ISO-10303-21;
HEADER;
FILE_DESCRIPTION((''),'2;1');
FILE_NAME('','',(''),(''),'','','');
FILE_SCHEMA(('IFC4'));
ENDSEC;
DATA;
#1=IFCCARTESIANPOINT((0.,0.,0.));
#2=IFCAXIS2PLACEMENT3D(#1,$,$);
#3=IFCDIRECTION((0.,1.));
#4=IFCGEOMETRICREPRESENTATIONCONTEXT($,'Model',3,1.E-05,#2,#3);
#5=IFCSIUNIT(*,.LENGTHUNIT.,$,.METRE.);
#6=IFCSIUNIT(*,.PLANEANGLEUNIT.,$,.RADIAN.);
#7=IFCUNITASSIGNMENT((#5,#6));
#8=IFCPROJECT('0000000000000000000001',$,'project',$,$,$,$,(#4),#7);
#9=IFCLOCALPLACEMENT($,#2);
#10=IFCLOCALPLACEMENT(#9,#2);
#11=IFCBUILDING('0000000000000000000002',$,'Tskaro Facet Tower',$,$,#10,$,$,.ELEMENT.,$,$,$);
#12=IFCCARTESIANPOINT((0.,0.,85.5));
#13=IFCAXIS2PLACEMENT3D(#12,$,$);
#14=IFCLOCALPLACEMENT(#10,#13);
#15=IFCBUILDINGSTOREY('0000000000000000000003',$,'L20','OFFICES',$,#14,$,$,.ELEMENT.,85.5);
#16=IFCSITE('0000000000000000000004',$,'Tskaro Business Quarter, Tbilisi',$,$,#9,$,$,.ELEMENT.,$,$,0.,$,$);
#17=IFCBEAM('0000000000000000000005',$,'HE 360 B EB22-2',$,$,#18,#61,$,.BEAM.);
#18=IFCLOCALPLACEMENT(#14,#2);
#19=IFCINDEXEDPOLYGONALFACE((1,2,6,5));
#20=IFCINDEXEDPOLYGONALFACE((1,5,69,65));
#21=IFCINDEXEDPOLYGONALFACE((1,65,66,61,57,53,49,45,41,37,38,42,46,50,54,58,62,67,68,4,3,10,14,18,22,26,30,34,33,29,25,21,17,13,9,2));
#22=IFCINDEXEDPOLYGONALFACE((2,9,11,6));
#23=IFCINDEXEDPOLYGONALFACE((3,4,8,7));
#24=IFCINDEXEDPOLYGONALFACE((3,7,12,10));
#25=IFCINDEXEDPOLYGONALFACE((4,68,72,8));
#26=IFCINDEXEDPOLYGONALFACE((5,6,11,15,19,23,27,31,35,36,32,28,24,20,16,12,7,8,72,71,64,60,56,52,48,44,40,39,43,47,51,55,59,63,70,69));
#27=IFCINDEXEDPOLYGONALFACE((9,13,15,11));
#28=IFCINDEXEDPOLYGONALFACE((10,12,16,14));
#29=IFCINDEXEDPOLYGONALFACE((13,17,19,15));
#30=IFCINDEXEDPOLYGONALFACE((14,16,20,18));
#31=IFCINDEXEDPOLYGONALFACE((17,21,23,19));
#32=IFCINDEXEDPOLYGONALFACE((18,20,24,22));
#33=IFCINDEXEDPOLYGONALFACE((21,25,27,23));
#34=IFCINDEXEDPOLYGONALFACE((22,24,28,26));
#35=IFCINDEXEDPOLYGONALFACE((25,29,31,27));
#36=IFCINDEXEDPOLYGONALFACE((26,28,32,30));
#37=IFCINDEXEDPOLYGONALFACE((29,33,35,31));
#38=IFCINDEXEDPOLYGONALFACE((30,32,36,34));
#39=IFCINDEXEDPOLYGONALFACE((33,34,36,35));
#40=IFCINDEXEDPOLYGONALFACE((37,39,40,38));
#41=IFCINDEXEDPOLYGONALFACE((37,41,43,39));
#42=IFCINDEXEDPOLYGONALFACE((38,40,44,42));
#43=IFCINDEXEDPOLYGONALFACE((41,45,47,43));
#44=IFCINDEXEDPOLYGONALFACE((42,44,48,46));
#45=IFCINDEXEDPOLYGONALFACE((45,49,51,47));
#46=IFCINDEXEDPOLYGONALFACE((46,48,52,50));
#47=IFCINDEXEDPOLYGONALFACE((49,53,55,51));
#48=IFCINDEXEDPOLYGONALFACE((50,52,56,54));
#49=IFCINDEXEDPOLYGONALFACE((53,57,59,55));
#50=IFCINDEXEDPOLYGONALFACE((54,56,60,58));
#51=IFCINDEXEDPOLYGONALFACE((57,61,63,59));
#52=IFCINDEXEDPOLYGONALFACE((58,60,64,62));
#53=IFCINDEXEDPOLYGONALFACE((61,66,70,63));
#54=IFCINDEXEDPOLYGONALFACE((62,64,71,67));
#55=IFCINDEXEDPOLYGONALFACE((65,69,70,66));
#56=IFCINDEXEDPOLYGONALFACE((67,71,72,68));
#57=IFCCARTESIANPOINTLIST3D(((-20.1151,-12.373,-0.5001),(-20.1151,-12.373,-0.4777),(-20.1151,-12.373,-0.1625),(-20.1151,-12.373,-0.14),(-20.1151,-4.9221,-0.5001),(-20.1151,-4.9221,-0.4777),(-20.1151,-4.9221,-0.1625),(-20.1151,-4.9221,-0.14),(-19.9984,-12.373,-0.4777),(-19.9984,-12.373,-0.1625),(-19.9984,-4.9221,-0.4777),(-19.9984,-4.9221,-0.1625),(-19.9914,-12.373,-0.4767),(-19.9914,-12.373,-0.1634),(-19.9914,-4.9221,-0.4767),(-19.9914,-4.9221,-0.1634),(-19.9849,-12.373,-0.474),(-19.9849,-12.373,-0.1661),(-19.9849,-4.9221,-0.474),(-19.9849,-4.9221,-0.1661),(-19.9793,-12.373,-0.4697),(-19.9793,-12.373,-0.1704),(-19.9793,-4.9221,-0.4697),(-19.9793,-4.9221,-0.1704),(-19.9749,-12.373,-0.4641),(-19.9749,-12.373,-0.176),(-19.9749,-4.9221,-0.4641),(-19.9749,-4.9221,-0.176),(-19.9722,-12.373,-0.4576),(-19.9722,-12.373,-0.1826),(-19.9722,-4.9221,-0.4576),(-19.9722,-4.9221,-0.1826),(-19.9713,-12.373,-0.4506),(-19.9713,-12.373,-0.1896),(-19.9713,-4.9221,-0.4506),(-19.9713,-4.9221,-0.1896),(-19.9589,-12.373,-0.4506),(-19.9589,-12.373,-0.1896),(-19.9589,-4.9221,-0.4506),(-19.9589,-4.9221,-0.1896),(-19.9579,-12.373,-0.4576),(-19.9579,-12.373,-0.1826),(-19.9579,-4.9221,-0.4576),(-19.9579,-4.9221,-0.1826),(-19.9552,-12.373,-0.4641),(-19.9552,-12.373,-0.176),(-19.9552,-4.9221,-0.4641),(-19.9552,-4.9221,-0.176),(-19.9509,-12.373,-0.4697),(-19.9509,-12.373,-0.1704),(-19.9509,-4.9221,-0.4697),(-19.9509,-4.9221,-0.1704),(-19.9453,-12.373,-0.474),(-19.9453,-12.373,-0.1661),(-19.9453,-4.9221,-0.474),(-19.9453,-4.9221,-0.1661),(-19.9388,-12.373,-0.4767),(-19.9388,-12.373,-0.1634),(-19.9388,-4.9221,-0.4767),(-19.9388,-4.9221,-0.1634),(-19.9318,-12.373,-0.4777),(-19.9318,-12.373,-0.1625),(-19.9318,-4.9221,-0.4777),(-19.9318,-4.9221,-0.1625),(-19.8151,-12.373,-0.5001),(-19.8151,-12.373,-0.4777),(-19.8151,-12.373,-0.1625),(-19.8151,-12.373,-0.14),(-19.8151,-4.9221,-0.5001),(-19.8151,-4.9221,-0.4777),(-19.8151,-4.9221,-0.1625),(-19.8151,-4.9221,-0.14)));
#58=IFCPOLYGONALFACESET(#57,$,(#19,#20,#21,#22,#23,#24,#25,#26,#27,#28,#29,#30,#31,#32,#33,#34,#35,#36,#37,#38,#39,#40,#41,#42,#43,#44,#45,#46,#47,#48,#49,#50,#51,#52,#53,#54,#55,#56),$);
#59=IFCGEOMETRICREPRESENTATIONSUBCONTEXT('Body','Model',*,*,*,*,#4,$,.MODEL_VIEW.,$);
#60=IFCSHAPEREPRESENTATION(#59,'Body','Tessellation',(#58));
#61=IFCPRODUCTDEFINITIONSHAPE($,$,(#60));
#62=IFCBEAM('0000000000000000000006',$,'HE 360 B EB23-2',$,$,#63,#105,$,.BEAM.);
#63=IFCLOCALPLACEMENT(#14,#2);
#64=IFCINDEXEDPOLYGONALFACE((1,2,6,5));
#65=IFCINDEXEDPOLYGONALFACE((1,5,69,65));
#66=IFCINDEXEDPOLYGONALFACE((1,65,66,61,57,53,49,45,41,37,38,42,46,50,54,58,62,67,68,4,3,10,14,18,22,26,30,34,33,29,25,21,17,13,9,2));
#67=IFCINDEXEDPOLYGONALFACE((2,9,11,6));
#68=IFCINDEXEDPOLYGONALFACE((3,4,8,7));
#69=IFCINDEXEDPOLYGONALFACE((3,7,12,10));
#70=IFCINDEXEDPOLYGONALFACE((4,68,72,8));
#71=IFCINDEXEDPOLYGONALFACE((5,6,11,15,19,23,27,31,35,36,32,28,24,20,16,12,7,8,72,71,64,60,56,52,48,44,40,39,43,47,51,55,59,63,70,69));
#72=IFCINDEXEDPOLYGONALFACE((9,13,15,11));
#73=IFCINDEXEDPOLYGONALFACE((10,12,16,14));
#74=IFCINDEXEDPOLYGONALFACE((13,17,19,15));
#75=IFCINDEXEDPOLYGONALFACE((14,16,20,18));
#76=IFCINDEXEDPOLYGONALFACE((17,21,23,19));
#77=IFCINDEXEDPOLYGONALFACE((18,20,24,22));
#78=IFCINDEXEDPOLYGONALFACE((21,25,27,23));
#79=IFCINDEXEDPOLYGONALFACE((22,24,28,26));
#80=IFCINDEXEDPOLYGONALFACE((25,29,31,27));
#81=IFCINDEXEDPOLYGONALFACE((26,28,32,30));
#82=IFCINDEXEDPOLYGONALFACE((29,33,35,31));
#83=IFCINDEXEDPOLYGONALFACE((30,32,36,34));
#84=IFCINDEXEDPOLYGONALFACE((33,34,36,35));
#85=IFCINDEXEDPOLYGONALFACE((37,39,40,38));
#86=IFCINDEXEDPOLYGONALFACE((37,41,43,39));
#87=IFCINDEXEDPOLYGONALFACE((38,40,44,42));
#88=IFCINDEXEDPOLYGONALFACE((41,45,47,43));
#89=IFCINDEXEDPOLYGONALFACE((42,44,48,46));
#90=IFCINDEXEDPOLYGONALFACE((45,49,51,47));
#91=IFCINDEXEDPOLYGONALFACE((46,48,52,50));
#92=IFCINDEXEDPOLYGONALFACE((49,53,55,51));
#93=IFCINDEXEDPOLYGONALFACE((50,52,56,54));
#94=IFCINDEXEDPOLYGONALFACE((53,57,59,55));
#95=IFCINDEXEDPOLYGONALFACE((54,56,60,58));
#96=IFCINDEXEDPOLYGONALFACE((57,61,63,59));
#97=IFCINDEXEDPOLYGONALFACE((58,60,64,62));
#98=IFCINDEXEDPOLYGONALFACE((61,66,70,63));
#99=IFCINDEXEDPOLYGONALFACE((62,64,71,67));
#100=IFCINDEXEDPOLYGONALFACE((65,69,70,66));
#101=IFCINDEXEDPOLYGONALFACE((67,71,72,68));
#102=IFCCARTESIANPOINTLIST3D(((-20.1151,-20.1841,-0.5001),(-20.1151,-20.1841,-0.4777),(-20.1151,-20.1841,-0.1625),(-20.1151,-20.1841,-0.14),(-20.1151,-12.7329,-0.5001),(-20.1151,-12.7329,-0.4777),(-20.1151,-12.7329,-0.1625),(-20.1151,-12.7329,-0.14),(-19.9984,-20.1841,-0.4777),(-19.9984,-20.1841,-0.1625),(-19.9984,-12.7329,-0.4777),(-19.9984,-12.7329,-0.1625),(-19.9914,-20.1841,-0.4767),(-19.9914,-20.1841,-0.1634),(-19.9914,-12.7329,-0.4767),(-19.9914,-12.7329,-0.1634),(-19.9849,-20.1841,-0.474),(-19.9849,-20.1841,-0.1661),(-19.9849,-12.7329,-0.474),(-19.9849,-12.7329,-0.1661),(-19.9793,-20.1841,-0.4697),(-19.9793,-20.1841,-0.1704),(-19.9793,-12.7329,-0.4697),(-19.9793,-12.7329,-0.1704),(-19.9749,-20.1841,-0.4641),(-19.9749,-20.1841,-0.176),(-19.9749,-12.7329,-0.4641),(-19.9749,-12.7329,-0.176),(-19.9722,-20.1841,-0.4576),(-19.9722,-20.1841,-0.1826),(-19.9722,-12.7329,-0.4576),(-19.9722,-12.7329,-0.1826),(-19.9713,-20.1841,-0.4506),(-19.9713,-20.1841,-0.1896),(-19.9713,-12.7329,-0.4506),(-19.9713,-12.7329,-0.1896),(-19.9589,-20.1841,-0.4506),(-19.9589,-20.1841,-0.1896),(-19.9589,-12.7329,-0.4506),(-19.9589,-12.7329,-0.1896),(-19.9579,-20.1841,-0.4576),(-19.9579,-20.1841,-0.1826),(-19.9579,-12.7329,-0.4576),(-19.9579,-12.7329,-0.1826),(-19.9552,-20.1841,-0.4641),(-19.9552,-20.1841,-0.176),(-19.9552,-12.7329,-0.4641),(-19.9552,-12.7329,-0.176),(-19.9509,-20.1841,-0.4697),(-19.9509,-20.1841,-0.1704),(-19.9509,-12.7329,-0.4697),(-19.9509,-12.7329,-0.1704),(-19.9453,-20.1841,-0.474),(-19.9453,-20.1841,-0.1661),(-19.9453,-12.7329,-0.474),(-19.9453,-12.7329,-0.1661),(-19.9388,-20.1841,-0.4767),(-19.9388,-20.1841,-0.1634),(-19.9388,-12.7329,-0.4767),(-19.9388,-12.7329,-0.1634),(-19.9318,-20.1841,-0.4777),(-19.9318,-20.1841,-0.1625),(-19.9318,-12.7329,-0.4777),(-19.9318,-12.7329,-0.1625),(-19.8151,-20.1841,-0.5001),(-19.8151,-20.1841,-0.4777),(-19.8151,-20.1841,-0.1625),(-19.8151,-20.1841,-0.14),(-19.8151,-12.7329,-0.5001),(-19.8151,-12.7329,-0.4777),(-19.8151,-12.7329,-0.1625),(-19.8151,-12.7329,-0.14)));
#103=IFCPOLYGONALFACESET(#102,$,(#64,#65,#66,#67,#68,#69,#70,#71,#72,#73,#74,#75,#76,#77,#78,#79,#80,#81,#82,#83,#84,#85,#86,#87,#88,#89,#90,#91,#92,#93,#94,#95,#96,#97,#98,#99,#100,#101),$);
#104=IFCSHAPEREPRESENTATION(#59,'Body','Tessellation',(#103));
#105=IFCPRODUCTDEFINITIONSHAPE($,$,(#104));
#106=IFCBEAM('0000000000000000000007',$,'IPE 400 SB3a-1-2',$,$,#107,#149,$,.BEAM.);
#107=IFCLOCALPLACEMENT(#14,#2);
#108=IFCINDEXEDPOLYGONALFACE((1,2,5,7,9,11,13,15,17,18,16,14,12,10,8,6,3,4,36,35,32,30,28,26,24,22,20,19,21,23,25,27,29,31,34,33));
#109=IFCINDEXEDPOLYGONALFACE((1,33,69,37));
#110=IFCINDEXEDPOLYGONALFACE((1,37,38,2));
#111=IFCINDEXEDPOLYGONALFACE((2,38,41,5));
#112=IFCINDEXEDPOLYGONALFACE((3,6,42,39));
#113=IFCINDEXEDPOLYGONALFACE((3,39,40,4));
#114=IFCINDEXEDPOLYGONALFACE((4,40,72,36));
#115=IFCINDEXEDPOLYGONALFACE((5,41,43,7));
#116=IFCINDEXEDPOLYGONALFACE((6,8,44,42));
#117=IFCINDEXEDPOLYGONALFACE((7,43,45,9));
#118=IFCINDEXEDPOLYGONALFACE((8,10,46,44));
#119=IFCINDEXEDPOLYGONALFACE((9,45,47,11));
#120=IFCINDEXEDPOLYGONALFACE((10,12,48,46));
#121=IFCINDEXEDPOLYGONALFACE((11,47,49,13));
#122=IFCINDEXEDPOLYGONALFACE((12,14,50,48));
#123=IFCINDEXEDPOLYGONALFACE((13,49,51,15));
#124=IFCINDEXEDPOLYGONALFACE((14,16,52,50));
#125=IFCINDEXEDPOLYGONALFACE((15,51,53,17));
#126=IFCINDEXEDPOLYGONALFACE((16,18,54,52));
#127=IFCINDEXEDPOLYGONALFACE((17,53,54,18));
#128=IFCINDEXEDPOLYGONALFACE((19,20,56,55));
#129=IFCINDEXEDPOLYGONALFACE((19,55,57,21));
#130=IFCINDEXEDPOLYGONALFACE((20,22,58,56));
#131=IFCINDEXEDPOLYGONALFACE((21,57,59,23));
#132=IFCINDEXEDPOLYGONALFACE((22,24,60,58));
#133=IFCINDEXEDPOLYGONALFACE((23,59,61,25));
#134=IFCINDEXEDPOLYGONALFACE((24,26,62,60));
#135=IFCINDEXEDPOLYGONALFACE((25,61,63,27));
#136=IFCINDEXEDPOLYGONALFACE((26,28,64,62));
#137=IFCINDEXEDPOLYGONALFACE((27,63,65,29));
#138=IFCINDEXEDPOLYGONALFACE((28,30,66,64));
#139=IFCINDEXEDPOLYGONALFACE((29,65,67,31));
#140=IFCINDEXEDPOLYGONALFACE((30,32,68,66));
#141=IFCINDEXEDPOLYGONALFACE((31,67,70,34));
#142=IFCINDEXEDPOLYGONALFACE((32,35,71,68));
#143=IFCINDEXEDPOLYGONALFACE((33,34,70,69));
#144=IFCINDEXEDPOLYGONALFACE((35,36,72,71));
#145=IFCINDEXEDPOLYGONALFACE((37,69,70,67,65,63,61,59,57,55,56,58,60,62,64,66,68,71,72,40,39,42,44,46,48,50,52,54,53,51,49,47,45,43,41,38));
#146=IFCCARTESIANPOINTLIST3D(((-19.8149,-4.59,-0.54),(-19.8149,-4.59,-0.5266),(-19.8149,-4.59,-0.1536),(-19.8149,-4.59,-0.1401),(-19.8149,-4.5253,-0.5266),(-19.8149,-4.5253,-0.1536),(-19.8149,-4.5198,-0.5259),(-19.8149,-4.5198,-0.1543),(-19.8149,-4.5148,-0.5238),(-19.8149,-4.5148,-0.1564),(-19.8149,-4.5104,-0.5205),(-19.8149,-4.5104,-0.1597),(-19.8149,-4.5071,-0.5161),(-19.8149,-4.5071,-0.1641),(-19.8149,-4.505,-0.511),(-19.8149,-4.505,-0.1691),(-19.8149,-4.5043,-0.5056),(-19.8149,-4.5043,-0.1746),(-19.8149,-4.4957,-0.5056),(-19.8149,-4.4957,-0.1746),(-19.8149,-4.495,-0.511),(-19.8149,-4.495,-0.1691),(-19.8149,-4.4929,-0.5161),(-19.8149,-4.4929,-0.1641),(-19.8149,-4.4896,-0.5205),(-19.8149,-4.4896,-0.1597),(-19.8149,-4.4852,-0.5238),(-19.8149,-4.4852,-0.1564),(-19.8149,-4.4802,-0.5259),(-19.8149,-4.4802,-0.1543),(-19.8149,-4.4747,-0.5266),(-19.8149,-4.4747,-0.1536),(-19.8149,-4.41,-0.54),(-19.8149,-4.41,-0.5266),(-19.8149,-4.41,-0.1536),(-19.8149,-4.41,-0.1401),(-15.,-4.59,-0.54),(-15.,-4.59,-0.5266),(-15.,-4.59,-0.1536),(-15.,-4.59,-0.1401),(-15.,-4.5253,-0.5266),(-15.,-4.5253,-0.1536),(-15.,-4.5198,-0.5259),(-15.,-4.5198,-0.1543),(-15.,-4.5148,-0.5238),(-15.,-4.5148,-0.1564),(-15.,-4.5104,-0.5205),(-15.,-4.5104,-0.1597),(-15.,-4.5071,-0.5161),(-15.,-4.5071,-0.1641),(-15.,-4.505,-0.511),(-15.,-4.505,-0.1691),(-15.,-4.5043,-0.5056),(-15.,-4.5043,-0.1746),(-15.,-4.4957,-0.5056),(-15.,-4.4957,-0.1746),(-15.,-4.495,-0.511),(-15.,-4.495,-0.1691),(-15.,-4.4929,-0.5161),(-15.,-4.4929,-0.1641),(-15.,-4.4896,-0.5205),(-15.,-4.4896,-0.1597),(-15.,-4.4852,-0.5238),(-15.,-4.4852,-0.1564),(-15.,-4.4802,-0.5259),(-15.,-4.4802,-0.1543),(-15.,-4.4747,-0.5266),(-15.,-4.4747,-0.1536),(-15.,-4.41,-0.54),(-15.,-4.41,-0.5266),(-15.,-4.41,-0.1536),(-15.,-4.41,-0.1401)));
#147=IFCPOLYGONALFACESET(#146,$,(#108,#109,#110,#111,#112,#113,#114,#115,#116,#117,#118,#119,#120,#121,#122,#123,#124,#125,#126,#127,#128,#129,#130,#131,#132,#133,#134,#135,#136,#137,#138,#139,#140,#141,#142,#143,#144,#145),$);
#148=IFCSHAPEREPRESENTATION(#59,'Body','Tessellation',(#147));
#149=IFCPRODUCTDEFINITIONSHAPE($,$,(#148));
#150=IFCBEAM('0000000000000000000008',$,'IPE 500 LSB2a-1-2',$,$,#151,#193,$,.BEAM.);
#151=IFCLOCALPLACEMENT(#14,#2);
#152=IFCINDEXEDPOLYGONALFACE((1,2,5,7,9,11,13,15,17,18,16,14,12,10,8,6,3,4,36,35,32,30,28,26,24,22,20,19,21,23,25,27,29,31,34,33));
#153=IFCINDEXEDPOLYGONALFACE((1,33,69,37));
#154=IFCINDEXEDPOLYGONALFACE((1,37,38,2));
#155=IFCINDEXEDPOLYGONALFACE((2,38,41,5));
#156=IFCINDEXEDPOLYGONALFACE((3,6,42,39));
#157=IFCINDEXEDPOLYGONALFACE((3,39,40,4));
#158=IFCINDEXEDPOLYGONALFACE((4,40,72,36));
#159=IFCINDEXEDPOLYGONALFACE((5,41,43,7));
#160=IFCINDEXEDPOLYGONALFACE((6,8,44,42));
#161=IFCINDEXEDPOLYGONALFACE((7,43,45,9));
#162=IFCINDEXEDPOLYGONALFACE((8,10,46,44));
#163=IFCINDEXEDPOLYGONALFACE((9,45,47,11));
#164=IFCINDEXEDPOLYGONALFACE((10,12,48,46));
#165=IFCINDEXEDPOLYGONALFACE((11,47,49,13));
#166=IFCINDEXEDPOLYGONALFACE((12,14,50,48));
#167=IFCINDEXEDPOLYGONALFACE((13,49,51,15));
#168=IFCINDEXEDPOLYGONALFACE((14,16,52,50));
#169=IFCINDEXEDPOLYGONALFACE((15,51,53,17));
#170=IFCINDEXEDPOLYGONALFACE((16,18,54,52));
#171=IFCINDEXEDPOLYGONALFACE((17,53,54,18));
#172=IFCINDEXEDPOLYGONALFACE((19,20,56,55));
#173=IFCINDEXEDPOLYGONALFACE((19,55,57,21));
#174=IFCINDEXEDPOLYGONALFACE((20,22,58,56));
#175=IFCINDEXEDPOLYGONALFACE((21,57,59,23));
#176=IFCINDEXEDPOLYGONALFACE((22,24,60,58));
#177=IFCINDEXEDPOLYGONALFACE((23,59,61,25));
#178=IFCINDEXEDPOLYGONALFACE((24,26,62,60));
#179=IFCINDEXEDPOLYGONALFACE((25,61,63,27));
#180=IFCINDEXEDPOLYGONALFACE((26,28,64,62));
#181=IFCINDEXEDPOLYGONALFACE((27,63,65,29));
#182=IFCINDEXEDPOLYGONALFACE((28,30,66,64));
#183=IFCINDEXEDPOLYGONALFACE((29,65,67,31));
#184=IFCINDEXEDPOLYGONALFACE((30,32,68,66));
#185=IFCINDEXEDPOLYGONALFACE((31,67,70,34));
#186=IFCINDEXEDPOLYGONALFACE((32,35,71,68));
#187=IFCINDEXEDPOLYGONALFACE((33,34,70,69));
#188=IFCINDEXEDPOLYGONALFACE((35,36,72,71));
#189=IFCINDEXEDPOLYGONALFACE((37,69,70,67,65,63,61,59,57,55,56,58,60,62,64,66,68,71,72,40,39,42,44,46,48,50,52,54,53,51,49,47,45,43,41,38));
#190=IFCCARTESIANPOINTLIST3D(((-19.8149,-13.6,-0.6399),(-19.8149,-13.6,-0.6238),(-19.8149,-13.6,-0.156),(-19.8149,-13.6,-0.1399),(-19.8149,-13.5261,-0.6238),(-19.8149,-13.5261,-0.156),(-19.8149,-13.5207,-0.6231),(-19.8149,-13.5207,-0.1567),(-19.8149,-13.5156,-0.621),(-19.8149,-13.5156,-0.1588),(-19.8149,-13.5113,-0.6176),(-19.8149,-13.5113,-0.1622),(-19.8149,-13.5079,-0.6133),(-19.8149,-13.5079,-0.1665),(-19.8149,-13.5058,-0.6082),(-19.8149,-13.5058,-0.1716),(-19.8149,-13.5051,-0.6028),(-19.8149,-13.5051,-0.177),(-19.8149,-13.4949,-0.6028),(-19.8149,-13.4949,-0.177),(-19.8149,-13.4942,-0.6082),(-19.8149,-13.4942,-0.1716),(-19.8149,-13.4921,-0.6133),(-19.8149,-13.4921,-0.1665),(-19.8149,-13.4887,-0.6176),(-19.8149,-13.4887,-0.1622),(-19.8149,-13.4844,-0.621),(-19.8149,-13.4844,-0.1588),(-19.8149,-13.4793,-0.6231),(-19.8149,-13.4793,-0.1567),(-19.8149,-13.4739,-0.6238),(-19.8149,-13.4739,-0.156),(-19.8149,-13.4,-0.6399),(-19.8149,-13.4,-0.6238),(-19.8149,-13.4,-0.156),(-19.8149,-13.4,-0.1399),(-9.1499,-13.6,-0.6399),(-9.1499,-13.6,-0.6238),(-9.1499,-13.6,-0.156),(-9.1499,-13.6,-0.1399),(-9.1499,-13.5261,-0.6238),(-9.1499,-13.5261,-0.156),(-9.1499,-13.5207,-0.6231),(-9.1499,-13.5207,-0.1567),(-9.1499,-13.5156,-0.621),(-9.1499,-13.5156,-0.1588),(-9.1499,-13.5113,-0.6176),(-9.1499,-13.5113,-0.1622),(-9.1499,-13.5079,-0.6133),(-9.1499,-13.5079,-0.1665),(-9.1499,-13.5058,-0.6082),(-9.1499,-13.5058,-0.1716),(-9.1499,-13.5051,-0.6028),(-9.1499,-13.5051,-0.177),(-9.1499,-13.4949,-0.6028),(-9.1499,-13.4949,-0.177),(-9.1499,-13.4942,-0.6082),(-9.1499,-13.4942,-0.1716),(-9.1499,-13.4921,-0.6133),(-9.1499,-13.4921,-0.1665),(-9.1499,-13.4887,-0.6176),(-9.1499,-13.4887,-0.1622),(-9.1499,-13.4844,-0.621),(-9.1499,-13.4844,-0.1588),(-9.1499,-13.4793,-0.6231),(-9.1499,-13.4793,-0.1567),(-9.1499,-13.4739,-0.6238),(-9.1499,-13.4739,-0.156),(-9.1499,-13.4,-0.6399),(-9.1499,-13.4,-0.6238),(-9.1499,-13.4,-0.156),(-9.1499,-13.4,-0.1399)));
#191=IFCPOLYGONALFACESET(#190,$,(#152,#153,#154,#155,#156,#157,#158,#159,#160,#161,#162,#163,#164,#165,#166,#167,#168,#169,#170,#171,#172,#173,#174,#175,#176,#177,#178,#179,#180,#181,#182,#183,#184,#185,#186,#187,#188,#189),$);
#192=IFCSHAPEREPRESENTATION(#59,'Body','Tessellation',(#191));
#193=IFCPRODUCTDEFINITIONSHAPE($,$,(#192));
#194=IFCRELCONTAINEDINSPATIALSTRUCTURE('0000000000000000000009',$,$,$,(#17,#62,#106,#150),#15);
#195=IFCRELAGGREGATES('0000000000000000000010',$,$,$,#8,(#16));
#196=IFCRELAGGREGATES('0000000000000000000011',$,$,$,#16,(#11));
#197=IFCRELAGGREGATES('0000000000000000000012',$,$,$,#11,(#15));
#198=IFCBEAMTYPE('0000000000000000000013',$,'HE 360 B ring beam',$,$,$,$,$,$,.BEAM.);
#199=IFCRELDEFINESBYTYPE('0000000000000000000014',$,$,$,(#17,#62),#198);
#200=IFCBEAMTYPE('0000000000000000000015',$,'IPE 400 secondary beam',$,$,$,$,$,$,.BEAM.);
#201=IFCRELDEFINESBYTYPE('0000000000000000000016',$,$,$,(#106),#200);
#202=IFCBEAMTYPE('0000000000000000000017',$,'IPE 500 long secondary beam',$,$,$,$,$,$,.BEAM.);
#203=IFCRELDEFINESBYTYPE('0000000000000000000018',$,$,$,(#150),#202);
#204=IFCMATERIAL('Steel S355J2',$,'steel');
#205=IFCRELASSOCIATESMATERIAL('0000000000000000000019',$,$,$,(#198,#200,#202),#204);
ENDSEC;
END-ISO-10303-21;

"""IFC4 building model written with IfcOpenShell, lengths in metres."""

from ifc_helpers import new_model, si_unit, direction, frame, origin, origin_2d, place, context, subcontext, project, spatial, i_section, extrude, material, material_profile, profile_set, type_object, element, save


model = new_model("IFC4")

# Units and contexts
model_context = context("Model", 3, precision=1e-05, world=origin(), true_north=direction((0.0, 1.0)))
body_context = subcontext(model_context, "Body", "Model", "MODEL_VIEW")
ifc_project = project(units=[si_unit("LENGTHUNIT", "METRE"), si_unit("PLANEANGLEUNIT", "RADIAN")], contexts=[model_context])

# Site, building, storey
site_placement = place(None, origin())
site = spatial("IfcSite", under=ifc_project, at=site_placement, Name="Tskaro Business Quarter, Tbilisi", CompositionType="ELEMENT", RefElevation=0.0)
building_placement = place(site_placement, origin())
building = spatial("IfcBuilding", under=site, at=building_placement, Name="Tskaro Facet Tower", CompositionType="ELEMENT")
storey_placement = place(building_placement, frame((0.0, 0.0, 85.5)))
storey = spatial("IfcBuildingStorey", under=building, at=storey_placement, Name="L20", Description="OFFICES", CompositionType="ELEMENT", Elevation=85.5)

# Beams
ifc_material_1 = material(Name="Steel S355J2", Category="steel")
ifc_material_profile_1 = material_profile(ifc_material_1, i_section(OverallWidth=0.3, OverallDepth=0.3601, WebThickness=0.0125, FlangeThickness=0.0225, FilletRadius=0.0271, at=origin_2d()), Name="HE 360 B")
ifc_profile_set_1 = profile_set([ifc_material_profile_1], Name="Steel S355J2")
beam_type_1 = type_object("IfcBeamType", Name="HE 360 B ring beam", PredefinedType="BEAM", material=ifc_profile_set_1)
beam_1_placement = place(storey_placement, frame((-19.9651, -4.9221, -0.3201), z_axis=(0.0, -1.0, 0.0), x_axis=(1.0, 0.0, 0.0)))
element("IfcBeam", 1, at=beam_1_placement, inside=storey, type_object=beam_type_1, Name="HE 360 B EB22-2", PredefinedType="BEAM", context=body_context, shape_type="SweptSolid", body=[
    extrude(i_section(OverallWidth=0.3, OverallDepth=0.3601, WebThickness=0.0125, FlangeThickness=0.0225, FilletRadius=0.0271, at=origin_2d()), origin(), (0.0, 0.0, 1.0), 7.4509),
])
beam_2_placement = place(storey_placement, frame((-19.9651, -12.7329, -0.3201), z_axis=(0.0, -1.0, 0.0), x_axis=(1.0, 0.0, 0.0)))
element("IfcBeam", 2, at=beam_2_placement, inside=storey, type_object=beam_type_1, Name="HE 360 B EB23-2", PredefinedType="BEAM", context=body_context, shape_type="SweptSolid", body=[
    extrude(i_section(OverallWidth=0.3, OverallDepth=0.3601, WebThickness=0.0125, FlangeThickness=0.0225, FilletRadius=0.0271, at=origin_2d()), origin(), (0.0, 0.0, 1.0), 7.4512),
])
ifc_material_profile_2 = material_profile(ifc_material_1, i_section(OverallWidth=0.1799, OverallDepth=0.3999, WebThickness=0.0085, FlangeThickness=0.0134, FilletRadius=0.021, at=origin_2d()), Name="IPE 400")
ifc_profile_set_2 = profile_set([ifc_material_profile_2], Name="Steel S355J2")
beam_type_2 = type_object("IfcBeamType", Name="IPE 400 secondary beam", PredefinedType="BEAM", material=ifc_profile_set_2)
beam_3_placement = place(storey_placement, frame((-19.8149, -4.5, -0.3401), z_axis=(1.0, 0.0, 0.0), x_axis=(0.0, 1.0, 0.0)))
element("IfcBeam", 3, at=beam_3_placement, inside=storey, type_object=beam_type_2, Name="IPE 400 SB3a-1-2", PredefinedType="BEAM", context=body_context, shape_type="SweptSolid", body=[
    extrude(i_section(OverallWidth=0.1799, OverallDepth=0.3999, WebThickness=0.0085, FlangeThickness=0.0134, FilletRadius=0.021, at=origin_2d()), origin(), (0.0, 0.0, 1.0), 4.8149),
])
ifc_material_profile_3 = material_profile(ifc_material_1, i_section(OverallWidth=0.2, OverallDepth=0.5, WebThickness=0.0103, FlangeThickness=0.0161, FilletRadius=0.021, at=origin_2d()), Name="IPE 500")
ifc_profile_set_3 = profile_set([ifc_material_profile_3], Name="Steel S355J2")
beam_type_3 = type_object("IfcBeamType", Name="IPE 500 long secondary beam", PredefinedType="BEAM", material=ifc_profile_set_3)
beam_4_placement = place(storey_placement, frame((-19.8149, -13.5, -0.3899), z_axis=(1.0, 0.0, 0.0), x_axis=(0.0, 1.0, 0.0)))
element("IfcBeam", 4, at=beam_4_placement, inside=storey, type_object=beam_type_3, Name="IPE 500 LSB2a-1-2", PredefinedType="BEAM", context=body_context, shape_type="SweptSolid", body=[
    extrude(i_section(OverallWidth=0.2, OverallDepth=0.5, WebThickness=0.0103, FlangeThickness=0.0161, FilletRadius=0.021, at=origin_2d()), origin(), (0.0, 0.0, 1.0), 10.665),
])

save(model, "model.ifc")
